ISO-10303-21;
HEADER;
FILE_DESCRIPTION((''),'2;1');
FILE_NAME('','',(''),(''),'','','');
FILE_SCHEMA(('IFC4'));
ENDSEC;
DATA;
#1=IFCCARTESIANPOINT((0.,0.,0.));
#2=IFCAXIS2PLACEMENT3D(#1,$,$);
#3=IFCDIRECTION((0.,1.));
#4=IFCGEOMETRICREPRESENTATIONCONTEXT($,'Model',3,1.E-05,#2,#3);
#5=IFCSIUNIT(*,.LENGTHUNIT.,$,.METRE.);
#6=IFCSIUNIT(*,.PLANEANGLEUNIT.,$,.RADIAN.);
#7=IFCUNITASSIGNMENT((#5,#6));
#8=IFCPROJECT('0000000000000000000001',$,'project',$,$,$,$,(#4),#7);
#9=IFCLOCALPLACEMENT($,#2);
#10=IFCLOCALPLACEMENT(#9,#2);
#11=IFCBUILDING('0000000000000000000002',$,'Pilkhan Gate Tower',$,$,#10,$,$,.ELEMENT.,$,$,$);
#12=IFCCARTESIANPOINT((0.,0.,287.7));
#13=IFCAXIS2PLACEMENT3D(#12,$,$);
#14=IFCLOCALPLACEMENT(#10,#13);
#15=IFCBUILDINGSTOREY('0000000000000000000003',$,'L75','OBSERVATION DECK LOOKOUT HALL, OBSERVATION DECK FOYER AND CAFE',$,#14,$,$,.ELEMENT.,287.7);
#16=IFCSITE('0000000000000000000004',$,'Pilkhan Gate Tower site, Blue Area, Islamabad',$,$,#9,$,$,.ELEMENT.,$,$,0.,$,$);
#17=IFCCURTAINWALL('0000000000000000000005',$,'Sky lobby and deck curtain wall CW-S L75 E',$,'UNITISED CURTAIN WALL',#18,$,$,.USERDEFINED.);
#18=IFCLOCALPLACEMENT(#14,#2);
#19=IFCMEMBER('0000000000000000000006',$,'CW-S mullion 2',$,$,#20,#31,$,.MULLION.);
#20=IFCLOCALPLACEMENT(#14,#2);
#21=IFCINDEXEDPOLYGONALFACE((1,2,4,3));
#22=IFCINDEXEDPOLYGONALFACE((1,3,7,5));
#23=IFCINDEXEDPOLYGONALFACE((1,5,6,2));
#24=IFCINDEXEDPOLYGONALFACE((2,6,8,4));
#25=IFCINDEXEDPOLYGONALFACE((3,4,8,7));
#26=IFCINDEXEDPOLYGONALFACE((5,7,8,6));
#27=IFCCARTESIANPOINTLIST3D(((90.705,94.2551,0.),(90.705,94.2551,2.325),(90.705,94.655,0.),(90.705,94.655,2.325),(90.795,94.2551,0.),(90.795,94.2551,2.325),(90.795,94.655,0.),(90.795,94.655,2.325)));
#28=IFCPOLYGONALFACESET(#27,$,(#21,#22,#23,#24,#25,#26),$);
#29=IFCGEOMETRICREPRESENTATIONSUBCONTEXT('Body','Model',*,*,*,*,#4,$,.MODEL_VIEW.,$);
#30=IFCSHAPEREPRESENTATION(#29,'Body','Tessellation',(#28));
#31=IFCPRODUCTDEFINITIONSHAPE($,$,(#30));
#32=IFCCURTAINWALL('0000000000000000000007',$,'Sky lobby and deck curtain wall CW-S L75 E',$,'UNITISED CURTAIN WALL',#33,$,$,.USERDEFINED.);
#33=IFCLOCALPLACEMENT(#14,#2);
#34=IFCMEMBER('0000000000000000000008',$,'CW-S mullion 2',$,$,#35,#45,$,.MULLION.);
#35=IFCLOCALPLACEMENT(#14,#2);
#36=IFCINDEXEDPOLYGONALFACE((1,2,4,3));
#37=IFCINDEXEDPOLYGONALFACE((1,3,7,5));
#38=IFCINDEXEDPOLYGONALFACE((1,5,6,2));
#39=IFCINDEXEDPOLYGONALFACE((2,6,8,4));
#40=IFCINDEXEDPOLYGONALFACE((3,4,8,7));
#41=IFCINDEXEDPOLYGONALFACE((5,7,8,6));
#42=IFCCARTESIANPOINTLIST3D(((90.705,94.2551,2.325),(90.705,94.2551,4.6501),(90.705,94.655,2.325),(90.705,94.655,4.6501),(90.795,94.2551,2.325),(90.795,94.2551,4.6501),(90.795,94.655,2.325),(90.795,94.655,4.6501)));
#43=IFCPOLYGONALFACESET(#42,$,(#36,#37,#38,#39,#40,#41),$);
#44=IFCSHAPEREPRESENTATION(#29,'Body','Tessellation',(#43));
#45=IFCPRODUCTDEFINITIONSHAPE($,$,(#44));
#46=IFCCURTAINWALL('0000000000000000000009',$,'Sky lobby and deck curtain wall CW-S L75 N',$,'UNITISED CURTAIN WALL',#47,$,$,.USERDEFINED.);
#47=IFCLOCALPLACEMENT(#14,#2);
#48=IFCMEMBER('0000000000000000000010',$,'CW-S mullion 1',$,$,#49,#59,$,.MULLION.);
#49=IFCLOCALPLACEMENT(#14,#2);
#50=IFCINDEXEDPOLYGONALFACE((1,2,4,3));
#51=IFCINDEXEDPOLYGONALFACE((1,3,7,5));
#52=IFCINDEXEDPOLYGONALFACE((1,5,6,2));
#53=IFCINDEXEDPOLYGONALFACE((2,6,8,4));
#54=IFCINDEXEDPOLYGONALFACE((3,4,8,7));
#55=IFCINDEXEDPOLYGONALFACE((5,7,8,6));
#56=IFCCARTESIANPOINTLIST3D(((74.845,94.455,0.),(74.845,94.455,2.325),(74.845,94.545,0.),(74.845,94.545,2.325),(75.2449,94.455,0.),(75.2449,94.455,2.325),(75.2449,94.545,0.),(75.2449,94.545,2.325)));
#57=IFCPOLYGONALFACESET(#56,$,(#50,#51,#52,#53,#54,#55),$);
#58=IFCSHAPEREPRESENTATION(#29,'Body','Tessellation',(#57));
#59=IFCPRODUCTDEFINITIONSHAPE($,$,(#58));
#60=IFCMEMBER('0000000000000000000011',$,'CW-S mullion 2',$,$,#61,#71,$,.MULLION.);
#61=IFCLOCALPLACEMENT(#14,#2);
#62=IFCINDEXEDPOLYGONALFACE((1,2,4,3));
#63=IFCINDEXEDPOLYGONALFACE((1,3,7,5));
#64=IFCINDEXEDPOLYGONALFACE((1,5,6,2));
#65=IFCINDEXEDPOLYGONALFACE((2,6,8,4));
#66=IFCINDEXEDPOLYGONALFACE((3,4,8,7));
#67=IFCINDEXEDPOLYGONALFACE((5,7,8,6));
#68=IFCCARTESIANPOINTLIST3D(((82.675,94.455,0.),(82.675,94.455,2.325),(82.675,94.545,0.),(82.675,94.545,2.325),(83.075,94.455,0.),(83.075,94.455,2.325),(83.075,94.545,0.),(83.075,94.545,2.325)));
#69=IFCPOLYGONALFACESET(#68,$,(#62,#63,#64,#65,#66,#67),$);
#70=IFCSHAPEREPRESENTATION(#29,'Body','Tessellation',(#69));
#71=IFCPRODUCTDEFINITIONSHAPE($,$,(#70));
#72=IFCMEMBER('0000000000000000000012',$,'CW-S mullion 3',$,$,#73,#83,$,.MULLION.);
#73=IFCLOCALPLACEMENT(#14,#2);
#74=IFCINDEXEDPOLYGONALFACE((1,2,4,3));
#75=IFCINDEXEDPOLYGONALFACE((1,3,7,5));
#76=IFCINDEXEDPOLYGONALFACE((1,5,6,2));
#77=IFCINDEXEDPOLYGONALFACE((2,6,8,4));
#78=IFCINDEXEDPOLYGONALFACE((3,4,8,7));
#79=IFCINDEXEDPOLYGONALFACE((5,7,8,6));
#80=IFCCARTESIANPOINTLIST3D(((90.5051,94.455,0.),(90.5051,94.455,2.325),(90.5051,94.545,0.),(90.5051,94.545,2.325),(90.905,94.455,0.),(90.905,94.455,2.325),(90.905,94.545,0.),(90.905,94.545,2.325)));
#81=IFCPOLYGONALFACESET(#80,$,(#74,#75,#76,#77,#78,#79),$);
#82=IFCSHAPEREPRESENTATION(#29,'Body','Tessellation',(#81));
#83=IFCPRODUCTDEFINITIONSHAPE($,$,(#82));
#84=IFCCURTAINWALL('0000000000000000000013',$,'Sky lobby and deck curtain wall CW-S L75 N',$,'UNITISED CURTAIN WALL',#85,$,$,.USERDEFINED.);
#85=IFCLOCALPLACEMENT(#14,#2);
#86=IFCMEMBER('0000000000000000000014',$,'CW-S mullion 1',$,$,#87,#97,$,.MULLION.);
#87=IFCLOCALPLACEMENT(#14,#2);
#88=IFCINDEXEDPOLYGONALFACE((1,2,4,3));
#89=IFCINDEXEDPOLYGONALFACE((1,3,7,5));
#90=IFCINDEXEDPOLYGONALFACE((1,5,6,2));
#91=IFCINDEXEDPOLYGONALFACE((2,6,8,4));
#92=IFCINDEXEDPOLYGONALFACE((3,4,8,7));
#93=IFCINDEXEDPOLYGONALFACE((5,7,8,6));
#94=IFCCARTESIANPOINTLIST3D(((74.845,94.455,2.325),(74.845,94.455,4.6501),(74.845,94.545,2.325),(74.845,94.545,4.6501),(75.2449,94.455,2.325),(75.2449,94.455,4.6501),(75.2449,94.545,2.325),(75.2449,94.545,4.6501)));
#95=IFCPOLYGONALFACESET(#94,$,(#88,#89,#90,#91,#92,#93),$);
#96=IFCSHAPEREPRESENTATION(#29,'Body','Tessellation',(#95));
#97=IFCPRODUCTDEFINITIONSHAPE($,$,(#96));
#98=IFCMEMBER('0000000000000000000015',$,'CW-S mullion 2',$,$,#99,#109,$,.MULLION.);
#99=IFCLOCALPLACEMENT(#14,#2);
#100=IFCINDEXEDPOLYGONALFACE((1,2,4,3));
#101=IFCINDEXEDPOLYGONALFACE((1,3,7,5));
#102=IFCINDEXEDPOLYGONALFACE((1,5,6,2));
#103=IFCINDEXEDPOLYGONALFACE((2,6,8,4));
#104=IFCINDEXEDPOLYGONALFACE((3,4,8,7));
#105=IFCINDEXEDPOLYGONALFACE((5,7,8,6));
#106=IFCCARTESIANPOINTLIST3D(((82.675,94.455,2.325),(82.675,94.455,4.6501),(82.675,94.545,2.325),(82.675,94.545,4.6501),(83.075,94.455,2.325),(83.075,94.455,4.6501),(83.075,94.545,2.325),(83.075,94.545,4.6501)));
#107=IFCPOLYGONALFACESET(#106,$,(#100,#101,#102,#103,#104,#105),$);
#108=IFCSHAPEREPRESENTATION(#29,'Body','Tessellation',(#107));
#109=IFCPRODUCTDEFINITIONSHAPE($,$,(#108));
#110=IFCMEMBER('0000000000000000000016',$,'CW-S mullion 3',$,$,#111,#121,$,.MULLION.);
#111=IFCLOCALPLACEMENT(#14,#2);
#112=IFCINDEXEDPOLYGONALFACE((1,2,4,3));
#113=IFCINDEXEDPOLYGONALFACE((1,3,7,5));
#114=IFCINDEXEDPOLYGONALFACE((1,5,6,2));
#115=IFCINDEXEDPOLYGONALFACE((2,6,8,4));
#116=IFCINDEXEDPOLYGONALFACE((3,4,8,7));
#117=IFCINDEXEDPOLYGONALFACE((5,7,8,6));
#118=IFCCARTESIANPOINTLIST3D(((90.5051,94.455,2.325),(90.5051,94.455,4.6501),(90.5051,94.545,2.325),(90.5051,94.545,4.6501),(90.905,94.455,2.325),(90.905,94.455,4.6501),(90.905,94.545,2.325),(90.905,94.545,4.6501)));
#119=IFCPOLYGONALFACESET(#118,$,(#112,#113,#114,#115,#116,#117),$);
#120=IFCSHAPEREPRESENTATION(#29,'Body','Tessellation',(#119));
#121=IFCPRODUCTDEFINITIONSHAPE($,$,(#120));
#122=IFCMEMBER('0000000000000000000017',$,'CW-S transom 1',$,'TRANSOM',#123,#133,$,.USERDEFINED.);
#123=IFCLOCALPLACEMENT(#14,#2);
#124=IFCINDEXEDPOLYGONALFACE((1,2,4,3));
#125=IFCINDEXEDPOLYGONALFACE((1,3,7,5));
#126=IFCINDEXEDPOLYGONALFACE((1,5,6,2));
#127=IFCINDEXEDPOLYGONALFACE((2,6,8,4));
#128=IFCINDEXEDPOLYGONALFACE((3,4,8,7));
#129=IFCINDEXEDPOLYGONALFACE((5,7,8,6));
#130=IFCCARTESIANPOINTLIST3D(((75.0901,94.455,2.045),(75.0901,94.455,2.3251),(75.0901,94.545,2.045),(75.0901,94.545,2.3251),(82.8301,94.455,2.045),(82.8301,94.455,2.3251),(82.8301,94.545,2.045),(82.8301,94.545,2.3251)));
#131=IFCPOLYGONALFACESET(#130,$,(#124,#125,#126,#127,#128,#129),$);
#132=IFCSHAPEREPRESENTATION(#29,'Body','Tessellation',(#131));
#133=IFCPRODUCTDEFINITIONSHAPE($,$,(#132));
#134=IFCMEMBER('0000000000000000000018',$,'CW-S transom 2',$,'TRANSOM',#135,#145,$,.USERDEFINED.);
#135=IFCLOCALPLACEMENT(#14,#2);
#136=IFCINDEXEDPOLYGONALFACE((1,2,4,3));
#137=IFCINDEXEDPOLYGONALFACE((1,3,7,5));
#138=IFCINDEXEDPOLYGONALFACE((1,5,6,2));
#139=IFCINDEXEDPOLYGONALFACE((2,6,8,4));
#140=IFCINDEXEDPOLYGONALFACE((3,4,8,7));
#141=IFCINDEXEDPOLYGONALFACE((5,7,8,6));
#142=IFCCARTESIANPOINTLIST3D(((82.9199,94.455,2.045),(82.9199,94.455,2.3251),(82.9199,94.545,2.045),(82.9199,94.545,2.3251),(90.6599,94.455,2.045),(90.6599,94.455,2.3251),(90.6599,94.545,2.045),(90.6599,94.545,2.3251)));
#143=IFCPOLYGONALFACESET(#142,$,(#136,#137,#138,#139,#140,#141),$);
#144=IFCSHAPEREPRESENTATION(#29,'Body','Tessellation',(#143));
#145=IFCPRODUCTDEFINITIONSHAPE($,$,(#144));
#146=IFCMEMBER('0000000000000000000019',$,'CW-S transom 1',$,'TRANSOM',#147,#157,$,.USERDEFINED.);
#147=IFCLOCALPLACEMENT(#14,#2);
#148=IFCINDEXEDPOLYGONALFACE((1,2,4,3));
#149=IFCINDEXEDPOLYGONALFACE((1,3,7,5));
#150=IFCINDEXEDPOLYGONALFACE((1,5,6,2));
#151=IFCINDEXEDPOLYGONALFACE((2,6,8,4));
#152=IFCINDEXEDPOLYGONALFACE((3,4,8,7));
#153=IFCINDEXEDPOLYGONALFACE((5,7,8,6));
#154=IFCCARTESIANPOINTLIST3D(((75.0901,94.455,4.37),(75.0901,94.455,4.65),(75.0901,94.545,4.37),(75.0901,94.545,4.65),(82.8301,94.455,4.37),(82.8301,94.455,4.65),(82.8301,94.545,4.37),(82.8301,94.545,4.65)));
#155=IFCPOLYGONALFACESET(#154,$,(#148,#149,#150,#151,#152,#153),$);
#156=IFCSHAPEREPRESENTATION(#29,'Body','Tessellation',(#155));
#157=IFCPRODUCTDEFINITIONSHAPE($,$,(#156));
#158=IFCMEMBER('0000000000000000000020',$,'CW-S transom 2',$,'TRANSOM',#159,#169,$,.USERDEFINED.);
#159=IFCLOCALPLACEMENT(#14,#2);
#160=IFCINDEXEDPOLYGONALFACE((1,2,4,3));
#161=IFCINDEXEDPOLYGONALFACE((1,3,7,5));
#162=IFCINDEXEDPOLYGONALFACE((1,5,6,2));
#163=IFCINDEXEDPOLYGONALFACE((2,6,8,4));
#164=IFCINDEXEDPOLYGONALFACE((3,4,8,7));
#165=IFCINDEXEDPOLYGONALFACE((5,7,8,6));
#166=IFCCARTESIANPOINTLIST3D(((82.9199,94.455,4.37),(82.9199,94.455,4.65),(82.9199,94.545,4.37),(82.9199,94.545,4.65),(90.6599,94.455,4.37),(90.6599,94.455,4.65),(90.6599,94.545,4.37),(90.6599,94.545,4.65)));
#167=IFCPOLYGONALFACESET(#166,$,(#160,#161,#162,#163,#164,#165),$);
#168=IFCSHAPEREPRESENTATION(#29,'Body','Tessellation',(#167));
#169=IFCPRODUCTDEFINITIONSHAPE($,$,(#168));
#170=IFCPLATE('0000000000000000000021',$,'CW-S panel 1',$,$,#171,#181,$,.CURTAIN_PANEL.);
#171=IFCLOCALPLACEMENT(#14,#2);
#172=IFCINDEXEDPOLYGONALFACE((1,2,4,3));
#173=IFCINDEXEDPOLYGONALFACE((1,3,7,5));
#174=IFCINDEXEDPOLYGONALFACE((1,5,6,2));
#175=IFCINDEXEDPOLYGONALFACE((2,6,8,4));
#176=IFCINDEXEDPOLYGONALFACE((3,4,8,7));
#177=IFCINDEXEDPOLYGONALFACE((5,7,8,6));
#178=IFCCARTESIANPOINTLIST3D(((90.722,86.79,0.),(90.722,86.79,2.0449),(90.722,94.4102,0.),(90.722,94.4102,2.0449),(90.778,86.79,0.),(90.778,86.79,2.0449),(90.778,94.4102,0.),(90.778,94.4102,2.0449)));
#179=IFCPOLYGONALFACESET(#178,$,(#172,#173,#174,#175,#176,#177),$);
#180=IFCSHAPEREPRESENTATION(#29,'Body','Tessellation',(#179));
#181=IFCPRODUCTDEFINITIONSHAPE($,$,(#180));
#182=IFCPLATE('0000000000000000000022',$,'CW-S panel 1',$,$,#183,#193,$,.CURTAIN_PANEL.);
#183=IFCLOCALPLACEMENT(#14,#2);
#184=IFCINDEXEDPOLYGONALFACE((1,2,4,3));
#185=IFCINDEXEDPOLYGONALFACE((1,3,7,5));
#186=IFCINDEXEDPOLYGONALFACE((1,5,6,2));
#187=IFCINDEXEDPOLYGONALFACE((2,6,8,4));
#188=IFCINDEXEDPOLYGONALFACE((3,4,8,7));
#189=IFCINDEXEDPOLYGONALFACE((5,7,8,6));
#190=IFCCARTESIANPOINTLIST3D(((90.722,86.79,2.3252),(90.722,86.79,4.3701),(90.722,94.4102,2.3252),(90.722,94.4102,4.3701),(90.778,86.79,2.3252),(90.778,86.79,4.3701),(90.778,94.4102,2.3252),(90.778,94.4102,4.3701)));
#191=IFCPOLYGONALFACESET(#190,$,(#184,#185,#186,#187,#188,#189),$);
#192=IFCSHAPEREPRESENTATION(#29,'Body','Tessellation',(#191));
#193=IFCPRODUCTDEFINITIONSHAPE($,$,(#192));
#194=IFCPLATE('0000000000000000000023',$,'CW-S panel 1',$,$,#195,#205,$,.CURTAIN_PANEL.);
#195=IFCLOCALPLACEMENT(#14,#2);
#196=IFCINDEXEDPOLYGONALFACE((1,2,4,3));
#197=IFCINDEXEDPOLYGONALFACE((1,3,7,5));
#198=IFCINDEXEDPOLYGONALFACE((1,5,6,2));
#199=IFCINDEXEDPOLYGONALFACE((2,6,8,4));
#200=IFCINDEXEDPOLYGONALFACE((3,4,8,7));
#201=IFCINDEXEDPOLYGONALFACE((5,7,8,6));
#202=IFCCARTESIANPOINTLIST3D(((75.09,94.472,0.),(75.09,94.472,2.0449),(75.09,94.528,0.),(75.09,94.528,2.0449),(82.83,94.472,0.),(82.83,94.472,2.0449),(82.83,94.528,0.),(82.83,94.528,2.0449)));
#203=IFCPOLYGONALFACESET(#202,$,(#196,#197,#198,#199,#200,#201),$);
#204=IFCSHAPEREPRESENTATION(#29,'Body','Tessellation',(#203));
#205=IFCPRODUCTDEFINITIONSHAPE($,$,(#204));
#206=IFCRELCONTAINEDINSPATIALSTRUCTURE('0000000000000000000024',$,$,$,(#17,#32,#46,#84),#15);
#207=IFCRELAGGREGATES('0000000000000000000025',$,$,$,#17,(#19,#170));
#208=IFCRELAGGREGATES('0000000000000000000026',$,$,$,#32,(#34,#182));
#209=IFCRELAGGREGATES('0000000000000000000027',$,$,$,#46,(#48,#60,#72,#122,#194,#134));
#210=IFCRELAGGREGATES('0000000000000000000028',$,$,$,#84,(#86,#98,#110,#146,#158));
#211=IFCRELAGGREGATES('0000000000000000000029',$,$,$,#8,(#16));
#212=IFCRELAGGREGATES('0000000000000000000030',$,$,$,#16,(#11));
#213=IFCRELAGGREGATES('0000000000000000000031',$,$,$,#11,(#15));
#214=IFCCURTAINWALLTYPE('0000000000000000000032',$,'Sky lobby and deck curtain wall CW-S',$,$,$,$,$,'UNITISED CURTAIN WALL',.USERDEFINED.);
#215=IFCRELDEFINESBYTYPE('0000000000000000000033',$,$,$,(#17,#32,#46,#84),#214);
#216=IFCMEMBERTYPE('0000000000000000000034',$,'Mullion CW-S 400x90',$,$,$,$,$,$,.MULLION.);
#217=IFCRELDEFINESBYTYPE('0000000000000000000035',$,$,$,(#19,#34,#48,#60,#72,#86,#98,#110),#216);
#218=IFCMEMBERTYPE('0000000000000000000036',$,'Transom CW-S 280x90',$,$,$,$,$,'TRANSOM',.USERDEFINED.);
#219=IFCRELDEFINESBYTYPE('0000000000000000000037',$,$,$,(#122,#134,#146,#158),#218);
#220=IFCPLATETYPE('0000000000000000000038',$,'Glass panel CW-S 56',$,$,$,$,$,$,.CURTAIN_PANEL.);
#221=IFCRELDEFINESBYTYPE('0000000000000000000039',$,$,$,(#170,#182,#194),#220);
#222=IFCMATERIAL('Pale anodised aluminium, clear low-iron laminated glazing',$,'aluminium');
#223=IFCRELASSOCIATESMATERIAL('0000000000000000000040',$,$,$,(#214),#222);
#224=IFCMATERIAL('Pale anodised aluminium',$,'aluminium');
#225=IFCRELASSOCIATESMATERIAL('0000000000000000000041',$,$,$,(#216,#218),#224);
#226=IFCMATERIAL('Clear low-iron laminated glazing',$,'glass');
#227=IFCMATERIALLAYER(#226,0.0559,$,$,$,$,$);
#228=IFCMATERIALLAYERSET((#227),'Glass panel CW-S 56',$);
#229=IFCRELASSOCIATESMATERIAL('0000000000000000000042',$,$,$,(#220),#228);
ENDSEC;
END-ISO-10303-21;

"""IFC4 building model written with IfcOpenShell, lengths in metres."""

from ifc_helpers import new_model, si_unit, direction, frame, origin, origin_2d, place, context, subcontext, project, spatial, rectangle, extrude, material, layer, layer_set, material_profile, profile_set, type_object, element, aggregate, save


model = new_model("IFC4")

# Units and contexts
model_context = context("Model", 3, precision=1e-05, world=origin(), true_north=direction((0.0, 1.0)))
body_context = subcontext(model_context, "Body", "Model", "MODEL_VIEW")
ifc_project = project(units=[si_unit("LENGTHUNIT", "METRE"), si_unit("PLANEANGLEUNIT", "RADIAN")], contexts=[model_context])

# Site, building, storey
site_placement = place(None, origin())
site = spatial("IfcSite", under=ifc_project, at=site_placement, Name="Pilkhan Gate Tower site, Blue Area, Islamabad", CompositionType="ELEMENT", RefElevation=0.0)
building_placement = place(site_placement, origin())
building = spatial("IfcBuilding", under=site, at=building_placement, Name="Pilkhan Gate Tower", CompositionType="ELEMENT")
storey_placement = place(building_placement, frame((0.0, 0.0, 287.7)))
storey = spatial("IfcBuildingStorey", under=building, at=storey_placement, Name="L75", Description="OBSERVATION DECK LOOKOUT HALL, OBSERVATION DECK FOYER AND CAFE", CompositionType="ELEMENT", Elevation=287.7)

# Curtain walls, members
ifc_material_1 = material(Name="Pale anodised aluminium, clear low-iron laminated glazing", Category="aluminium")
curtain_wall_type = type_object("IfcCurtainWallType", Name="Sky lobby and deck curtain wall CW-S", ElementType="UNITISED CURTAIN WALL", PredefinedType="USERDEFINED", material=ifc_material_1)
curtain_wall_1_placement = place(storey_placement, origin())
curtain_wall_1 = element("IfcCurtainWall", 1, at=curtain_wall_1_placement, inside=storey, type_object=curtain_wall_type, Name="Sky lobby and deck curtain wall CW-S L75 E", ObjectType="UNITISED CURTAIN WALL", PredefinedType="USERDEFINED")
ifc_material_2 = material(Name="Pale anodised aluminium", Category="aluminium")
ifc_material_profile_1 = material_profile(ifc_material_2, rectangle(XDim=0.0901, YDim=0.3999, at=origin_2d()), Name="Mullion 400x90")
ifc_profile_set_1 = profile_set([ifc_material_profile_1], Name="Pale anodised aluminium")
member_type_1 = type_object("IfcMemberType", Name="Mullion CW-S 400x90", PredefinedType="MULLION", material=ifc_profile_set_1)
member_1_placement = place(storey_placement, frame((90.75, 94.4551, 0.0), z_axis=(0.0, 0.0, 1.0), x_axis=(-1.0, 0.0, 0.0)))
member_1 = element("IfcMember", 2, at=member_1_placement, type_object=member_type_1, Name="CW-S mullion 2", PredefinedType="MULLION", context=body_context, shape_type="SweptSolid", body=[
    extrude(rectangle(XDim=0.0901, YDim=0.3999, at=origin_2d()), origin(), (0.0, 0.0, 1.0), 2.325),
])
curtain_wall_2_placement = place(storey_placement, origin())
curtain_wall_2 = element("IfcCurtainWall", 3, at=curtain_wall_2_placement, inside=storey, type_object=curtain_wall_type, Name="Sky lobby and deck curtain wall CW-S L75 E", ObjectType="UNITISED CURTAIN WALL", PredefinedType="USERDEFINED")
member_2_placement = place(storey_placement, frame((90.75, 94.4551, 2.325), z_axis=(0.0, 0.0, 1.0), x_axis=(-1.0, 0.0, 0.0)))
member_2 = element("IfcMember", 4, at=member_2_placement, type_object=member_type_1, Name="CW-S mullion 2", PredefinedType="MULLION", context=body_context, shape_type="SweptSolid", body=[
    extrude(rectangle(XDim=0.0901, YDim=0.3999, at=origin_2d()), origin(), (0.0, 0.0, 1.0), 2.3252),
])

# Curtain walls, members
curtain_wall_3_placement = place(storey_placement, origin())
curtain_wall_3 = element("IfcCurtainWall", 5, at=curtain_wall_3_placement, inside=storey, type_object=curtain_wall_type, Name="Sky lobby and deck curtain wall CW-S L75 N", ObjectType="UNITISED CURTAIN WALL", PredefinedType="USERDEFINED")
member_3_placement = place(storey_placement, frame((75.0449, 94.5, 0.0), z_axis=(0.0, 0.0, 1.0), x_axis=(0.0, 1.0, 0.0)))
member_3 = element("IfcMember", 6, at=member_3_placement, type_object=member_type_1, Name="CW-S mullion 1", PredefinedType="MULLION", context=body_context, shape_type="SweptSolid", body=[
    extrude(rectangle(XDim=0.0901, YDim=0.3999, at=origin_2d()), origin(), (0.0, 0.0, 1.0), 2.325),
])
member_4_placement = place(storey_placement, frame((82.875, 94.5, 0.0), z_axis=(0.0, 0.0, 1.0), x_axis=(0.0, 1.0, 0.0)))
member_4 = element("IfcMember", 7, at=member_4_placement, type_object=member_type_1, Name="CW-S mullion 2", PredefinedType="MULLION", context=body_context, shape_type="SweptSolid", body=[
    extrude(rectangle(XDim=0.0901, YDim=0.3999, at=origin_2d()), origin(), (0.0, 0.0, 1.0), 2.325),
])
member_5_placement = place(storey_placement, frame((90.7051, 94.5, 0.0), z_axis=(0.0, 0.0, 1.0), x_axis=(0.0, 1.0, 0.0)))
member_5 = element("IfcMember", 8, at=member_5_placement, type_object=member_type_1, Name="CW-S mullion 3", PredefinedType="MULLION", context=body_context, shape_type="SweptSolid", body=[
    extrude(rectangle(XDim=0.0901, YDim=0.3999, at=origin_2d()), origin(), (0.0, 0.0, 1.0), 2.325),
])
curtain_wall_4_placement = place(storey_placement, origin())
curtain_wall_4 = element("IfcCurtainWall", 9, at=curtain_wall_4_placement, inside=storey, type_object=curtain_wall_type, Name="Sky lobby and deck curtain wall CW-S L75 N", ObjectType="UNITISED CURTAIN WALL", PredefinedType="USERDEFINED")
member_6_placement = place(storey_placement, frame((75.0449, 94.5, 2.325), z_axis=(0.0, 0.0, 1.0), x_axis=(0.0, 1.0, 0.0)))
member_6 = element("IfcMember", 10, at=member_6_placement, type_object=member_type_1, Name="CW-S mullion 1", PredefinedType="MULLION", context=body_context, shape_type="SweptSolid", body=[
    extrude(rectangle(XDim=0.0901, YDim=0.3999, at=origin_2d()), origin(), (0.0, 0.0, 1.0), 2.3252),
])
member_7_placement = place(storey_placement, frame((82.875, 94.5, 2.325), z_axis=(0.0, 0.0, 1.0), x_axis=(0.0, 1.0, 0.0)))
member_7 = element("IfcMember", 11, at=member_7_placement, type_object=member_type_1, Name="CW-S mullion 2", PredefinedType="MULLION", context=body_context, shape_type="SweptSolid", body=[
    extrude(rectangle(XDim=0.0901, YDim=0.3999, at=origin_2d()), origin(), (0.0, 0.0, 1.0), 2.3252),
])
member_8_placement = place(storey_placement, frame((90.7051, 94.5, 2.325), z_axis=(0.0, 0.0, 1.0), x_axis=(0.0, 1.0, 0.0)))
member_8 = element("IfcMember", 12, at=member_8_placement, type_object=member_type_1, Name="CW-S mullion 3", PredefinedType="MULLION", context=body_context, shape_type="SweptSolid", body=[
    extrude(rectangle(XDim=0.0901, YDim=0.3999, at=origin_2d()), origin(), (0.0, 0.0, 1.0), 2.3252),
])

# Members
ifc_material_profile_2 = material_profile(ifc_material_2, rectangle(XDim=0.0901, YDim=0.28, at=origin_2d()), Name="Transom 280x90")
ifc_profile_set_2 = profile_set([ifc_material_profile_2], Name="Pale anodised aluminium")
member_type_2 = type_object("IfcMemberType", Name="Transom CW-S 280x90", ElementType="TRANSOM", PredefinedType="USERDEFINED", material=ifc_profile_set_2)
member_9_placement = place(storey_placement, frame((75.0901, 94.5, 2.1851), z_axis=(1.0, 0.0, 0.0), x_axis=(0.0, 1.0, 0.0)))
member_9 = element("IfcMember", 13, at=member_9_placement, type_object=member_type_2, Name="CW-S transom 1", ObjectType="TRANSOM", PredefinedType="USERDEFINED", context=body_context, shape_type="SweptSolid", body=[
    extrude(rectangle(XDim=0.0901, YDim=0.28, at=origin_2d()), origin(), (0.0, 0.0, 1.0), 7.74),
])
member_10_placement = place(storey_placement, frame((82.9199, 94.5, 2.1851), z_axis=(1.0, 0.0, 0.0), x_axis=(0.0, 1.0, 0.0)))
member_10 = element("IfcMember", 14, at=member_10_placement, type_object=member_type_2, Name="CW-S transom 2", ObjectType="TRANSOM", PredefinedType="USERDEFINED", context=body_context, shape_type="SweptSolid", body=[
    extrude(rectangle(XDim=0.0901, YDim=0.28, at=origin_2d()), origin(), (0.0, 0.0, 1.0), 7.74),
])
member_11_placement = place(storey_placement, frame((75.0901, 94.5, 4.51), z_axis=(1.0, 0.0, 0.0), x_axis=(0.0, 1.0, 0.0)))
member_11 = element("IfcMember", 15, at=member_11_placement, type_object=member_type_2, Name="CW-S transom 1", ObjectType="TRANSOM", PredefinedType="USERDEFINED", context=body_context, shape_type="SweptSolid", body=[
    extrude(rectangle(XDim=0.0901, YDim=0.28, at=origin_2d()), origin(), (0.0, 0.0, 1.0), 7.74),
])
member_12_placement = place(storey_placement, frame((82.9199, 94.5, 4.51), z_axis=(1.0, 0.0, 0.0), x_axis=(0.0, 1.0, 0.0)))
member_12 = element("IfcMember", 16, at=member_12_placement, type_object=member_type_2, Name="CW-S transom 2", ObjectType="TRANSOM", PredefinedType="USERDEFINED", context=body_context, shape_type="SweptSolid", body=[
    extrude(rectangle(XDim=0.0901, YDim=0.28, at=origin_2d()), origin(), (0.0, 0.0, 1.0), 7.74),
])

# Plates
ifc_material_3 = material(Name="Clear low-iron laminated glazing", Category="glass")
ifc_layer_1 = layer(ifc_material_3, 0.0559)
ifc_layer_set_1 = layer_set([ifc_layer_1], Name="Glass panel CW-S 56")
plate_type = type_object("IfcPlateType", Name="Glass panel CW-S 56", PredefinedType="CURTAIN_PANEL", material=ifc_layer_set_1)
plate_1_placement = place(storey_placement, frame((90.75, 90.6001, 0.0), z_axis=(0.0, 0.0, 1.0), x_axis=(0.0, 1.0, 0.0)))
plate_1 = element("IfcPlate", 17, at=plate_1_placement, type_object=plate_type, Name="CW-S panel 1", PredefinedType="CURTAIN_PANEL", context=body_context, shape_type="SweptSolid", body=[
    extrude(rectangle(XDim=7.6201, YDim=0.0559, at=origin_2d()), origin(), (0.0, 0.0, 1.0), 2.0449),
])
aggregate(curtain_wall_1, [member_1, plate_1])
plate_2_placement = place(storey_placement, frame((90.75, 90.6001, 2.3252), z_axis=(0.0, 0.0, 1.0), x_axis=(0.0, 1.0, 0.0)))
plate_2 = element("IfcPlate", 18, at=plate_2_placement, type_object=plate_type, Name="CW-S panel 1", PredefinedType="CURTAIN_PANEL", context=body_context, shape_type="SweptSolid", body=[
    extrude(rectangle(XDim=7.6201, YDim=0.0559, at=origin_2d()), origin(), (0.0, 0.0, 1.0), 2.0449),
])
aggregate(curtain_wall_2, [member_2, plate_2])
plate_3_placement = place(storey_placement, frame((78.96, 94.5, 0.0), z_axis=(0.0, 0.0, 1.0), x_axis=(1.0, 0.0, 0.0)))
plate_3 = element("IfcPlate", 19, at=plate_3_placement, type_object=plate_type, Name="CW-S panel 1", PredefinedType="CURTAIN_PANEL", context=body_context, shape_type="SweptSolid", body=[
    extrude(rectangle(XDim=7.74, YDim=0.0559, at=origin_2d()), origin(), (0.0, 0.0, 1.0), 2.0449),
])
aggregate(curtain_wall_3, [member_3, member_4, member_5, member_9, plate_3, member_10])
aggregate(curtain_wall_4, [member_6, member_7, member_8, member_11, member_12])

save(model, "model.ifc")
